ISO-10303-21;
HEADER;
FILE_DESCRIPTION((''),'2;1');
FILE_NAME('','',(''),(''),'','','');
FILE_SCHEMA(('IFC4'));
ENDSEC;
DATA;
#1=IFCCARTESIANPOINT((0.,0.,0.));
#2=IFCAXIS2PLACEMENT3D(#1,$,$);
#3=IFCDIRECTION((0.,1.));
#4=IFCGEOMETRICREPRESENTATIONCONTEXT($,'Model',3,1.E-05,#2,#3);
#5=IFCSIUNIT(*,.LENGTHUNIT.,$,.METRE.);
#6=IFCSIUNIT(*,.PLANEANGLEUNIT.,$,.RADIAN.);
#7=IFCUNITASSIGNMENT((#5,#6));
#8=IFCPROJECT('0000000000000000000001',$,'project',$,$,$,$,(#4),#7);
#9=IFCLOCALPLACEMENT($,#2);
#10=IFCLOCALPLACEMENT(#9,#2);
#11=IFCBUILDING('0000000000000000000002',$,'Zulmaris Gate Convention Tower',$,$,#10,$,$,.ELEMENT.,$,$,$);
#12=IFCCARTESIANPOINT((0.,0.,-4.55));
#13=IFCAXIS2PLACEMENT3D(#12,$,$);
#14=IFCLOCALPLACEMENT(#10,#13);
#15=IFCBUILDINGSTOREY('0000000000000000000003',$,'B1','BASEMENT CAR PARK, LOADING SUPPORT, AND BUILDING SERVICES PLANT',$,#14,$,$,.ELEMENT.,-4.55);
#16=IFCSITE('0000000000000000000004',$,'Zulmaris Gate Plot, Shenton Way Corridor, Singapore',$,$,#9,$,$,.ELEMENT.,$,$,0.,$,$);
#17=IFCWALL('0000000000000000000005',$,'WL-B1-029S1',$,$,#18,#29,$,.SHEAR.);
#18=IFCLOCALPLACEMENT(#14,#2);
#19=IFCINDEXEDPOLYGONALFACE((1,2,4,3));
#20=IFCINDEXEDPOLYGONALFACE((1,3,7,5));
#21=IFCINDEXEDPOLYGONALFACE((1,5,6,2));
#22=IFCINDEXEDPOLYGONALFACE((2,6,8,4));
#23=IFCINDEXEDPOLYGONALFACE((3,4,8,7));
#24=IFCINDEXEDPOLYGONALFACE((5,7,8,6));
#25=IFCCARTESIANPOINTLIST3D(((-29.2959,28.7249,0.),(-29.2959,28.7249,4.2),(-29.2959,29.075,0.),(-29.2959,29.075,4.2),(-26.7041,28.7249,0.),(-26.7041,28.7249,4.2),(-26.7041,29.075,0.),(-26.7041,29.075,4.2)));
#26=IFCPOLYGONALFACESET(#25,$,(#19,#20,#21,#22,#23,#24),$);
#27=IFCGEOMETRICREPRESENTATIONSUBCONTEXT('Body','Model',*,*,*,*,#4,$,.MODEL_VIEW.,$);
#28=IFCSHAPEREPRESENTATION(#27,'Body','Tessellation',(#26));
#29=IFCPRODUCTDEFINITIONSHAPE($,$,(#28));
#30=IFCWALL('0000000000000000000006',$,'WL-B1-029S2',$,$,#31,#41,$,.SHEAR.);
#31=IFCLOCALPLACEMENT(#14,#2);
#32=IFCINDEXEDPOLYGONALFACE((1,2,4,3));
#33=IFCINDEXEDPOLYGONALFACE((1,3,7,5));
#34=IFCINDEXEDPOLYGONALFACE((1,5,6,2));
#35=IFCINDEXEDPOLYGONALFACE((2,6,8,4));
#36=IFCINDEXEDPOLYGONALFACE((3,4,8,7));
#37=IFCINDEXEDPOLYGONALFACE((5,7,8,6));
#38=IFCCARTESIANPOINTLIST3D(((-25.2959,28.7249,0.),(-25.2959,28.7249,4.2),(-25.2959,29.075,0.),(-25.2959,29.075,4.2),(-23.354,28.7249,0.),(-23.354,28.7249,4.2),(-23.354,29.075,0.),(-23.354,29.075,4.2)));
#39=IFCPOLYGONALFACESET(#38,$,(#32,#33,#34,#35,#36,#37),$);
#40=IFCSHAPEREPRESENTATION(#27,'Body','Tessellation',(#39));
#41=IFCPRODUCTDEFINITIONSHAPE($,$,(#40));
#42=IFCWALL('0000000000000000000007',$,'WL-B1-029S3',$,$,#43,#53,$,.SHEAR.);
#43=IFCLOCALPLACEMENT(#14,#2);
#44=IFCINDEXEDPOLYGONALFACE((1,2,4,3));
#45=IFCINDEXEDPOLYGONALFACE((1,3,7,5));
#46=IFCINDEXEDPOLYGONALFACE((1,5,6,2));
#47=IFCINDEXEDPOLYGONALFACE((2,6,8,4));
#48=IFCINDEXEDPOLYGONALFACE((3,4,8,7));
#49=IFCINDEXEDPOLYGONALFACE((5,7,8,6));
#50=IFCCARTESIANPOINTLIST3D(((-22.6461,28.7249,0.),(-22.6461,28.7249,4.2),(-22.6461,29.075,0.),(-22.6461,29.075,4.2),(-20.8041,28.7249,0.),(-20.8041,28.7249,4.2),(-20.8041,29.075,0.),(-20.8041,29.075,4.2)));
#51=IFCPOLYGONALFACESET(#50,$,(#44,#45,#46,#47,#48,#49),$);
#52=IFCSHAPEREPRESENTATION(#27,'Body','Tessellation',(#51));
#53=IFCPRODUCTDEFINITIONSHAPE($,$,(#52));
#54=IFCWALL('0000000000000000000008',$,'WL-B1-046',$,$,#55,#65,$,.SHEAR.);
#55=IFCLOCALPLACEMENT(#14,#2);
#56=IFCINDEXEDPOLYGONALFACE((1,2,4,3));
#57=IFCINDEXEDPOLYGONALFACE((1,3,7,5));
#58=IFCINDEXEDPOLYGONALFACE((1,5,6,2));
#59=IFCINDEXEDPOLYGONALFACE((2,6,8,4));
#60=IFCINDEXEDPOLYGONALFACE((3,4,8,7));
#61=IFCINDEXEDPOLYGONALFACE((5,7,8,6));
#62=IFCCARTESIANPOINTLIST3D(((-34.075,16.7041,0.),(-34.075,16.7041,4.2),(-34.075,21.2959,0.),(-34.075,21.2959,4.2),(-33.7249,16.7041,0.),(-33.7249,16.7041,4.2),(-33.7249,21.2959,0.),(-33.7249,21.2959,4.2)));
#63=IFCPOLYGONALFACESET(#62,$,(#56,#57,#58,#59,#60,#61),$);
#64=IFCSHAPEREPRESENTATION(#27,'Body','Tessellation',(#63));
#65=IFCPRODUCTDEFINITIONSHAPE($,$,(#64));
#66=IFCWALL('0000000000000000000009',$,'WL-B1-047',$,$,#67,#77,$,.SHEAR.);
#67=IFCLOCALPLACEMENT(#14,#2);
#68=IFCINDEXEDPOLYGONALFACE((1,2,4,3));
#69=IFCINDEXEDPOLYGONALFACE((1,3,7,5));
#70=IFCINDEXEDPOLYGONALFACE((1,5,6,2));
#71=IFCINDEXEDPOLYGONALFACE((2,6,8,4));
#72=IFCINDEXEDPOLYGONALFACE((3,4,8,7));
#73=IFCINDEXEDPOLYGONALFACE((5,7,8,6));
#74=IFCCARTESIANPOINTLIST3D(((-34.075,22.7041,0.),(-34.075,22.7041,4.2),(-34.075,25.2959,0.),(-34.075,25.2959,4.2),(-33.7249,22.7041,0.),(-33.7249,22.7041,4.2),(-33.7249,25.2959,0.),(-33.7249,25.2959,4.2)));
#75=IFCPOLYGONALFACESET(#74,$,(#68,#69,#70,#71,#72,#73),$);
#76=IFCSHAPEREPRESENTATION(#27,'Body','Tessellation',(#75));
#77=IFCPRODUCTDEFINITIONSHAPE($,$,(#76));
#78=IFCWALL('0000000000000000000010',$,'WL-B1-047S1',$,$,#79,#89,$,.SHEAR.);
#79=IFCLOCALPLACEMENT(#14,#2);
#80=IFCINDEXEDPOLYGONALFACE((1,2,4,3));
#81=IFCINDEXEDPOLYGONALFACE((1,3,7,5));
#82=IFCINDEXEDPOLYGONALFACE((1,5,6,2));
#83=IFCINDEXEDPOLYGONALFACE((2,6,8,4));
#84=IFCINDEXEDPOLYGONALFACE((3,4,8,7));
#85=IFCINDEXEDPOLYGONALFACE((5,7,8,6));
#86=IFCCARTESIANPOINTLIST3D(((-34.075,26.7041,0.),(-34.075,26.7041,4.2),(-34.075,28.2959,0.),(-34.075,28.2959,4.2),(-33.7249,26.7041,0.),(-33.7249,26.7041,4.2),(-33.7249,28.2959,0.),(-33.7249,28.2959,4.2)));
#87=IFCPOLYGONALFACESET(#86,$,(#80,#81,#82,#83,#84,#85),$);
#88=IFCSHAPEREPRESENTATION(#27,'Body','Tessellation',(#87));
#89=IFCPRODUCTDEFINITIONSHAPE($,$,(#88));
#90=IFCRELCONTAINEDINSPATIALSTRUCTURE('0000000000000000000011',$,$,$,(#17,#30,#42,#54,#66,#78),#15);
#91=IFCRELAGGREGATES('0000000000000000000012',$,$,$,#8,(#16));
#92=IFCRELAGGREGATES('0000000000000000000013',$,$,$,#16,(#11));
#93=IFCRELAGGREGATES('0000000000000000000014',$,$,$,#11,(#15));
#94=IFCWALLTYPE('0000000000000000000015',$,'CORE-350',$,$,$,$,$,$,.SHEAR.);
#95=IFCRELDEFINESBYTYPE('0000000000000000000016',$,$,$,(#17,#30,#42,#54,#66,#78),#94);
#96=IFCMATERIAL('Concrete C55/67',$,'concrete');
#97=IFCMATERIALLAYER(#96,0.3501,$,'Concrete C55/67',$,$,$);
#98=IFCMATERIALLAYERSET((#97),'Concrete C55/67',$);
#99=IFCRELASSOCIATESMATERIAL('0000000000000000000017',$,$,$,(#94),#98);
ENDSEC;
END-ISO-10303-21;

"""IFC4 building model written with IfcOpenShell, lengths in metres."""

from ifc_helpers import new_model, si_unit, direction, frame, frame_2d, origin, place, context, subcontext, project, spatial, rectangle, extrude, material, layer, layer_set, type_object, element, save


model = new_model("IFC4")

# Units and contexts
model_context = context("Model", 3, precision=1e-05, world=origin(), true_north=direction((0.0, 1.0)))
body_context = subcontext(model_context, "Body", "Model", "MODEL_VIEW")
ifc_project = project(units=[si_unit("LENGTHUNIT", "METRE"), si_unit("PLANEANGLEUNIT", "RADIAN")], contexts=[model_context])

# Site, building, storey
site_placement = place(None, origin())
site = spatial("IfcSite", under=ifc_project, at=site_placement, Name="Zulmaris Gate Plot, Shenton Way Corridor, Singapore", CompositionType="ELEMENT", RefElevation=0.0)
building_placement = place(site_placement, origin())
building = spatial("IfcBuilding", under=site, at=building_placement, Name="Zulmaris Gate Convention Tower", CompositionType="ELEMENT")
storey_placement = place(building_placement, frame((0.0, 0.0, -4.55)))
storey = spatial("IfcBuildingStorey", under=building, at=storey_placement, Name="B1", Description="BASEMENT CAR PARK, LOADING SUPPORT, AND BUILDING SERVICES PLANT", CompositionType="ELEMENT", Elevation=-4.55)

# Walls
ifc_material_1 = material(Name="Concrete C55/67", Category="concrete")
ifc_layer_1 = layer(ifc_material_1, 0.3501, Name="Concrete C55/67")
ifc_layer_set_1 = layer_set([ifc_layer_1], Name="Concrete C55/67")
wall_type_1 = type_object("IfcWallType", Name="CORE-350", PredefinedType="SHEAR", material=ifc_layer_set_1)
for number, where, z_axis, x_axis, name in (
    (1, (-29.2959, 28.8999, 0.0), (0.0, 0.0, 1.0), (1.0, 0.0, 0.0), "WL-B1-029S1"),
):
    element("IfcWall", number, at=place(storey_placement, frame(where, z_axis=z_axis, x_axis=x_axis)), inside=storey, type_object=wall_type_1, Name=name, PredefinedType="SHEAR", context=body_context, shape_type="SweptSolid", body=[
        extrude(rectangle(XDim=2.5918, YDim=0.3501, at=frame_2d((1.2959, 0.0))), origin(), (0.0, 0.0, 1.0), 4.2),
    ])
wall_1_placement = place(storey_placement, frame((-25.2959, 28.8999, 0.0), z_axis=(0.0, 0.0, 1.0), x_axis=(1.0, 0.0, 0.0)))
element("IfcWall", 2, at=wall_1_placement, inside=storey, type_object=wall_type_1, Name="WL-B1-029S2", PredefinedType="SHEAR", context=body_context, shape_type="SweptSolid", body=[
    extrude(rectangle(XDim=1.9419, YDim=0.3501, at=frame_2d((0.9709, 0.0))), origin(), (0.0, 0.0, 1.0), 4.2),
])
wall_2_placement = place(storey_placement, frame((-22.646, 28.8999, 0.0), z_axis=(0.0, 0.0, 1.0), x_axis=(1.0, 0.0, 0.0)))
element("IfcWall", 3, at=wall_2_placement, inside=storey, type_object=wall_type_1, Name="WL-B1-029S3", PredefinedType="SHEAR", context=body_context, shape_type="SweptSolid", body=[
    extrude(rectangle(XDim=1.842, YDim=0.3501, at=frame_2d((0.9209, 0.0))), origin(), (0.0, 0.0, 1.0), 4.2),
])
wall_3_placement = place(storey_placement, frame((-33.8999, 16.7041, 0.0), z_axis=(0.0, 0.0, 1.0), x_axis=(0.0, 1.0, 0.0)))
element("IfcWall", 4, at=wall_3_placement, inside=storey, type_object=wall_type_1, Name="WL-B1-046", PredefinedType="SHEAR", context=body_context, shape_type="SweptSolid", body=[
    extrude(rectangle(XDim=4.5918, YDim=0.3501, at=frame_2d((2.2959, 0.0))), origin(), (0.0, 0.0, 1.0), 4.2),
])
wall_4_placement = place(storey_placement, frame((-33.8999, 22.7041, 0.0), z_axis=(0.0, 0.0, 1.0), x_axis=(0.0, 1.0, 0.0)))
element("IfcWall", 5, at=wall_4_placement, inside=storey, type_object=wall_type_1, Name="WL-B1-047", PredefinedType="SHEAR", context=body_context, shape_type="SweptSolid", body=[
    extrude(rectangle(XDim=2.5918, YDim=0.3501, at=frame_2d((1.2959, 0.0))), origin(), (0.0, 0.0, 1.0), 4.2),
])
wall_5_placement = place(storey_placement, frame((-33.8999, 26.7041, 0.0), z_axis=(0.0, 0.0, 1.0), x_axis=(0.0, 1.0, 0.0)))
element("IfcWall", 6, at=wall_5_placement, inside=storey, type_object=wall_type_1, Name="WL-B1-047S1", PredefinedType="SHEAR", context=body_context, shape_type="SweptSolid", body=[
    extrude(rectangle(XDim=1.5918, YDim=0.3501, at=frame_2d((0.7959, 0.0))), origin(), (0.0, 0.0, 1.0), 4.2),
])

save(model, "model.ifc")
